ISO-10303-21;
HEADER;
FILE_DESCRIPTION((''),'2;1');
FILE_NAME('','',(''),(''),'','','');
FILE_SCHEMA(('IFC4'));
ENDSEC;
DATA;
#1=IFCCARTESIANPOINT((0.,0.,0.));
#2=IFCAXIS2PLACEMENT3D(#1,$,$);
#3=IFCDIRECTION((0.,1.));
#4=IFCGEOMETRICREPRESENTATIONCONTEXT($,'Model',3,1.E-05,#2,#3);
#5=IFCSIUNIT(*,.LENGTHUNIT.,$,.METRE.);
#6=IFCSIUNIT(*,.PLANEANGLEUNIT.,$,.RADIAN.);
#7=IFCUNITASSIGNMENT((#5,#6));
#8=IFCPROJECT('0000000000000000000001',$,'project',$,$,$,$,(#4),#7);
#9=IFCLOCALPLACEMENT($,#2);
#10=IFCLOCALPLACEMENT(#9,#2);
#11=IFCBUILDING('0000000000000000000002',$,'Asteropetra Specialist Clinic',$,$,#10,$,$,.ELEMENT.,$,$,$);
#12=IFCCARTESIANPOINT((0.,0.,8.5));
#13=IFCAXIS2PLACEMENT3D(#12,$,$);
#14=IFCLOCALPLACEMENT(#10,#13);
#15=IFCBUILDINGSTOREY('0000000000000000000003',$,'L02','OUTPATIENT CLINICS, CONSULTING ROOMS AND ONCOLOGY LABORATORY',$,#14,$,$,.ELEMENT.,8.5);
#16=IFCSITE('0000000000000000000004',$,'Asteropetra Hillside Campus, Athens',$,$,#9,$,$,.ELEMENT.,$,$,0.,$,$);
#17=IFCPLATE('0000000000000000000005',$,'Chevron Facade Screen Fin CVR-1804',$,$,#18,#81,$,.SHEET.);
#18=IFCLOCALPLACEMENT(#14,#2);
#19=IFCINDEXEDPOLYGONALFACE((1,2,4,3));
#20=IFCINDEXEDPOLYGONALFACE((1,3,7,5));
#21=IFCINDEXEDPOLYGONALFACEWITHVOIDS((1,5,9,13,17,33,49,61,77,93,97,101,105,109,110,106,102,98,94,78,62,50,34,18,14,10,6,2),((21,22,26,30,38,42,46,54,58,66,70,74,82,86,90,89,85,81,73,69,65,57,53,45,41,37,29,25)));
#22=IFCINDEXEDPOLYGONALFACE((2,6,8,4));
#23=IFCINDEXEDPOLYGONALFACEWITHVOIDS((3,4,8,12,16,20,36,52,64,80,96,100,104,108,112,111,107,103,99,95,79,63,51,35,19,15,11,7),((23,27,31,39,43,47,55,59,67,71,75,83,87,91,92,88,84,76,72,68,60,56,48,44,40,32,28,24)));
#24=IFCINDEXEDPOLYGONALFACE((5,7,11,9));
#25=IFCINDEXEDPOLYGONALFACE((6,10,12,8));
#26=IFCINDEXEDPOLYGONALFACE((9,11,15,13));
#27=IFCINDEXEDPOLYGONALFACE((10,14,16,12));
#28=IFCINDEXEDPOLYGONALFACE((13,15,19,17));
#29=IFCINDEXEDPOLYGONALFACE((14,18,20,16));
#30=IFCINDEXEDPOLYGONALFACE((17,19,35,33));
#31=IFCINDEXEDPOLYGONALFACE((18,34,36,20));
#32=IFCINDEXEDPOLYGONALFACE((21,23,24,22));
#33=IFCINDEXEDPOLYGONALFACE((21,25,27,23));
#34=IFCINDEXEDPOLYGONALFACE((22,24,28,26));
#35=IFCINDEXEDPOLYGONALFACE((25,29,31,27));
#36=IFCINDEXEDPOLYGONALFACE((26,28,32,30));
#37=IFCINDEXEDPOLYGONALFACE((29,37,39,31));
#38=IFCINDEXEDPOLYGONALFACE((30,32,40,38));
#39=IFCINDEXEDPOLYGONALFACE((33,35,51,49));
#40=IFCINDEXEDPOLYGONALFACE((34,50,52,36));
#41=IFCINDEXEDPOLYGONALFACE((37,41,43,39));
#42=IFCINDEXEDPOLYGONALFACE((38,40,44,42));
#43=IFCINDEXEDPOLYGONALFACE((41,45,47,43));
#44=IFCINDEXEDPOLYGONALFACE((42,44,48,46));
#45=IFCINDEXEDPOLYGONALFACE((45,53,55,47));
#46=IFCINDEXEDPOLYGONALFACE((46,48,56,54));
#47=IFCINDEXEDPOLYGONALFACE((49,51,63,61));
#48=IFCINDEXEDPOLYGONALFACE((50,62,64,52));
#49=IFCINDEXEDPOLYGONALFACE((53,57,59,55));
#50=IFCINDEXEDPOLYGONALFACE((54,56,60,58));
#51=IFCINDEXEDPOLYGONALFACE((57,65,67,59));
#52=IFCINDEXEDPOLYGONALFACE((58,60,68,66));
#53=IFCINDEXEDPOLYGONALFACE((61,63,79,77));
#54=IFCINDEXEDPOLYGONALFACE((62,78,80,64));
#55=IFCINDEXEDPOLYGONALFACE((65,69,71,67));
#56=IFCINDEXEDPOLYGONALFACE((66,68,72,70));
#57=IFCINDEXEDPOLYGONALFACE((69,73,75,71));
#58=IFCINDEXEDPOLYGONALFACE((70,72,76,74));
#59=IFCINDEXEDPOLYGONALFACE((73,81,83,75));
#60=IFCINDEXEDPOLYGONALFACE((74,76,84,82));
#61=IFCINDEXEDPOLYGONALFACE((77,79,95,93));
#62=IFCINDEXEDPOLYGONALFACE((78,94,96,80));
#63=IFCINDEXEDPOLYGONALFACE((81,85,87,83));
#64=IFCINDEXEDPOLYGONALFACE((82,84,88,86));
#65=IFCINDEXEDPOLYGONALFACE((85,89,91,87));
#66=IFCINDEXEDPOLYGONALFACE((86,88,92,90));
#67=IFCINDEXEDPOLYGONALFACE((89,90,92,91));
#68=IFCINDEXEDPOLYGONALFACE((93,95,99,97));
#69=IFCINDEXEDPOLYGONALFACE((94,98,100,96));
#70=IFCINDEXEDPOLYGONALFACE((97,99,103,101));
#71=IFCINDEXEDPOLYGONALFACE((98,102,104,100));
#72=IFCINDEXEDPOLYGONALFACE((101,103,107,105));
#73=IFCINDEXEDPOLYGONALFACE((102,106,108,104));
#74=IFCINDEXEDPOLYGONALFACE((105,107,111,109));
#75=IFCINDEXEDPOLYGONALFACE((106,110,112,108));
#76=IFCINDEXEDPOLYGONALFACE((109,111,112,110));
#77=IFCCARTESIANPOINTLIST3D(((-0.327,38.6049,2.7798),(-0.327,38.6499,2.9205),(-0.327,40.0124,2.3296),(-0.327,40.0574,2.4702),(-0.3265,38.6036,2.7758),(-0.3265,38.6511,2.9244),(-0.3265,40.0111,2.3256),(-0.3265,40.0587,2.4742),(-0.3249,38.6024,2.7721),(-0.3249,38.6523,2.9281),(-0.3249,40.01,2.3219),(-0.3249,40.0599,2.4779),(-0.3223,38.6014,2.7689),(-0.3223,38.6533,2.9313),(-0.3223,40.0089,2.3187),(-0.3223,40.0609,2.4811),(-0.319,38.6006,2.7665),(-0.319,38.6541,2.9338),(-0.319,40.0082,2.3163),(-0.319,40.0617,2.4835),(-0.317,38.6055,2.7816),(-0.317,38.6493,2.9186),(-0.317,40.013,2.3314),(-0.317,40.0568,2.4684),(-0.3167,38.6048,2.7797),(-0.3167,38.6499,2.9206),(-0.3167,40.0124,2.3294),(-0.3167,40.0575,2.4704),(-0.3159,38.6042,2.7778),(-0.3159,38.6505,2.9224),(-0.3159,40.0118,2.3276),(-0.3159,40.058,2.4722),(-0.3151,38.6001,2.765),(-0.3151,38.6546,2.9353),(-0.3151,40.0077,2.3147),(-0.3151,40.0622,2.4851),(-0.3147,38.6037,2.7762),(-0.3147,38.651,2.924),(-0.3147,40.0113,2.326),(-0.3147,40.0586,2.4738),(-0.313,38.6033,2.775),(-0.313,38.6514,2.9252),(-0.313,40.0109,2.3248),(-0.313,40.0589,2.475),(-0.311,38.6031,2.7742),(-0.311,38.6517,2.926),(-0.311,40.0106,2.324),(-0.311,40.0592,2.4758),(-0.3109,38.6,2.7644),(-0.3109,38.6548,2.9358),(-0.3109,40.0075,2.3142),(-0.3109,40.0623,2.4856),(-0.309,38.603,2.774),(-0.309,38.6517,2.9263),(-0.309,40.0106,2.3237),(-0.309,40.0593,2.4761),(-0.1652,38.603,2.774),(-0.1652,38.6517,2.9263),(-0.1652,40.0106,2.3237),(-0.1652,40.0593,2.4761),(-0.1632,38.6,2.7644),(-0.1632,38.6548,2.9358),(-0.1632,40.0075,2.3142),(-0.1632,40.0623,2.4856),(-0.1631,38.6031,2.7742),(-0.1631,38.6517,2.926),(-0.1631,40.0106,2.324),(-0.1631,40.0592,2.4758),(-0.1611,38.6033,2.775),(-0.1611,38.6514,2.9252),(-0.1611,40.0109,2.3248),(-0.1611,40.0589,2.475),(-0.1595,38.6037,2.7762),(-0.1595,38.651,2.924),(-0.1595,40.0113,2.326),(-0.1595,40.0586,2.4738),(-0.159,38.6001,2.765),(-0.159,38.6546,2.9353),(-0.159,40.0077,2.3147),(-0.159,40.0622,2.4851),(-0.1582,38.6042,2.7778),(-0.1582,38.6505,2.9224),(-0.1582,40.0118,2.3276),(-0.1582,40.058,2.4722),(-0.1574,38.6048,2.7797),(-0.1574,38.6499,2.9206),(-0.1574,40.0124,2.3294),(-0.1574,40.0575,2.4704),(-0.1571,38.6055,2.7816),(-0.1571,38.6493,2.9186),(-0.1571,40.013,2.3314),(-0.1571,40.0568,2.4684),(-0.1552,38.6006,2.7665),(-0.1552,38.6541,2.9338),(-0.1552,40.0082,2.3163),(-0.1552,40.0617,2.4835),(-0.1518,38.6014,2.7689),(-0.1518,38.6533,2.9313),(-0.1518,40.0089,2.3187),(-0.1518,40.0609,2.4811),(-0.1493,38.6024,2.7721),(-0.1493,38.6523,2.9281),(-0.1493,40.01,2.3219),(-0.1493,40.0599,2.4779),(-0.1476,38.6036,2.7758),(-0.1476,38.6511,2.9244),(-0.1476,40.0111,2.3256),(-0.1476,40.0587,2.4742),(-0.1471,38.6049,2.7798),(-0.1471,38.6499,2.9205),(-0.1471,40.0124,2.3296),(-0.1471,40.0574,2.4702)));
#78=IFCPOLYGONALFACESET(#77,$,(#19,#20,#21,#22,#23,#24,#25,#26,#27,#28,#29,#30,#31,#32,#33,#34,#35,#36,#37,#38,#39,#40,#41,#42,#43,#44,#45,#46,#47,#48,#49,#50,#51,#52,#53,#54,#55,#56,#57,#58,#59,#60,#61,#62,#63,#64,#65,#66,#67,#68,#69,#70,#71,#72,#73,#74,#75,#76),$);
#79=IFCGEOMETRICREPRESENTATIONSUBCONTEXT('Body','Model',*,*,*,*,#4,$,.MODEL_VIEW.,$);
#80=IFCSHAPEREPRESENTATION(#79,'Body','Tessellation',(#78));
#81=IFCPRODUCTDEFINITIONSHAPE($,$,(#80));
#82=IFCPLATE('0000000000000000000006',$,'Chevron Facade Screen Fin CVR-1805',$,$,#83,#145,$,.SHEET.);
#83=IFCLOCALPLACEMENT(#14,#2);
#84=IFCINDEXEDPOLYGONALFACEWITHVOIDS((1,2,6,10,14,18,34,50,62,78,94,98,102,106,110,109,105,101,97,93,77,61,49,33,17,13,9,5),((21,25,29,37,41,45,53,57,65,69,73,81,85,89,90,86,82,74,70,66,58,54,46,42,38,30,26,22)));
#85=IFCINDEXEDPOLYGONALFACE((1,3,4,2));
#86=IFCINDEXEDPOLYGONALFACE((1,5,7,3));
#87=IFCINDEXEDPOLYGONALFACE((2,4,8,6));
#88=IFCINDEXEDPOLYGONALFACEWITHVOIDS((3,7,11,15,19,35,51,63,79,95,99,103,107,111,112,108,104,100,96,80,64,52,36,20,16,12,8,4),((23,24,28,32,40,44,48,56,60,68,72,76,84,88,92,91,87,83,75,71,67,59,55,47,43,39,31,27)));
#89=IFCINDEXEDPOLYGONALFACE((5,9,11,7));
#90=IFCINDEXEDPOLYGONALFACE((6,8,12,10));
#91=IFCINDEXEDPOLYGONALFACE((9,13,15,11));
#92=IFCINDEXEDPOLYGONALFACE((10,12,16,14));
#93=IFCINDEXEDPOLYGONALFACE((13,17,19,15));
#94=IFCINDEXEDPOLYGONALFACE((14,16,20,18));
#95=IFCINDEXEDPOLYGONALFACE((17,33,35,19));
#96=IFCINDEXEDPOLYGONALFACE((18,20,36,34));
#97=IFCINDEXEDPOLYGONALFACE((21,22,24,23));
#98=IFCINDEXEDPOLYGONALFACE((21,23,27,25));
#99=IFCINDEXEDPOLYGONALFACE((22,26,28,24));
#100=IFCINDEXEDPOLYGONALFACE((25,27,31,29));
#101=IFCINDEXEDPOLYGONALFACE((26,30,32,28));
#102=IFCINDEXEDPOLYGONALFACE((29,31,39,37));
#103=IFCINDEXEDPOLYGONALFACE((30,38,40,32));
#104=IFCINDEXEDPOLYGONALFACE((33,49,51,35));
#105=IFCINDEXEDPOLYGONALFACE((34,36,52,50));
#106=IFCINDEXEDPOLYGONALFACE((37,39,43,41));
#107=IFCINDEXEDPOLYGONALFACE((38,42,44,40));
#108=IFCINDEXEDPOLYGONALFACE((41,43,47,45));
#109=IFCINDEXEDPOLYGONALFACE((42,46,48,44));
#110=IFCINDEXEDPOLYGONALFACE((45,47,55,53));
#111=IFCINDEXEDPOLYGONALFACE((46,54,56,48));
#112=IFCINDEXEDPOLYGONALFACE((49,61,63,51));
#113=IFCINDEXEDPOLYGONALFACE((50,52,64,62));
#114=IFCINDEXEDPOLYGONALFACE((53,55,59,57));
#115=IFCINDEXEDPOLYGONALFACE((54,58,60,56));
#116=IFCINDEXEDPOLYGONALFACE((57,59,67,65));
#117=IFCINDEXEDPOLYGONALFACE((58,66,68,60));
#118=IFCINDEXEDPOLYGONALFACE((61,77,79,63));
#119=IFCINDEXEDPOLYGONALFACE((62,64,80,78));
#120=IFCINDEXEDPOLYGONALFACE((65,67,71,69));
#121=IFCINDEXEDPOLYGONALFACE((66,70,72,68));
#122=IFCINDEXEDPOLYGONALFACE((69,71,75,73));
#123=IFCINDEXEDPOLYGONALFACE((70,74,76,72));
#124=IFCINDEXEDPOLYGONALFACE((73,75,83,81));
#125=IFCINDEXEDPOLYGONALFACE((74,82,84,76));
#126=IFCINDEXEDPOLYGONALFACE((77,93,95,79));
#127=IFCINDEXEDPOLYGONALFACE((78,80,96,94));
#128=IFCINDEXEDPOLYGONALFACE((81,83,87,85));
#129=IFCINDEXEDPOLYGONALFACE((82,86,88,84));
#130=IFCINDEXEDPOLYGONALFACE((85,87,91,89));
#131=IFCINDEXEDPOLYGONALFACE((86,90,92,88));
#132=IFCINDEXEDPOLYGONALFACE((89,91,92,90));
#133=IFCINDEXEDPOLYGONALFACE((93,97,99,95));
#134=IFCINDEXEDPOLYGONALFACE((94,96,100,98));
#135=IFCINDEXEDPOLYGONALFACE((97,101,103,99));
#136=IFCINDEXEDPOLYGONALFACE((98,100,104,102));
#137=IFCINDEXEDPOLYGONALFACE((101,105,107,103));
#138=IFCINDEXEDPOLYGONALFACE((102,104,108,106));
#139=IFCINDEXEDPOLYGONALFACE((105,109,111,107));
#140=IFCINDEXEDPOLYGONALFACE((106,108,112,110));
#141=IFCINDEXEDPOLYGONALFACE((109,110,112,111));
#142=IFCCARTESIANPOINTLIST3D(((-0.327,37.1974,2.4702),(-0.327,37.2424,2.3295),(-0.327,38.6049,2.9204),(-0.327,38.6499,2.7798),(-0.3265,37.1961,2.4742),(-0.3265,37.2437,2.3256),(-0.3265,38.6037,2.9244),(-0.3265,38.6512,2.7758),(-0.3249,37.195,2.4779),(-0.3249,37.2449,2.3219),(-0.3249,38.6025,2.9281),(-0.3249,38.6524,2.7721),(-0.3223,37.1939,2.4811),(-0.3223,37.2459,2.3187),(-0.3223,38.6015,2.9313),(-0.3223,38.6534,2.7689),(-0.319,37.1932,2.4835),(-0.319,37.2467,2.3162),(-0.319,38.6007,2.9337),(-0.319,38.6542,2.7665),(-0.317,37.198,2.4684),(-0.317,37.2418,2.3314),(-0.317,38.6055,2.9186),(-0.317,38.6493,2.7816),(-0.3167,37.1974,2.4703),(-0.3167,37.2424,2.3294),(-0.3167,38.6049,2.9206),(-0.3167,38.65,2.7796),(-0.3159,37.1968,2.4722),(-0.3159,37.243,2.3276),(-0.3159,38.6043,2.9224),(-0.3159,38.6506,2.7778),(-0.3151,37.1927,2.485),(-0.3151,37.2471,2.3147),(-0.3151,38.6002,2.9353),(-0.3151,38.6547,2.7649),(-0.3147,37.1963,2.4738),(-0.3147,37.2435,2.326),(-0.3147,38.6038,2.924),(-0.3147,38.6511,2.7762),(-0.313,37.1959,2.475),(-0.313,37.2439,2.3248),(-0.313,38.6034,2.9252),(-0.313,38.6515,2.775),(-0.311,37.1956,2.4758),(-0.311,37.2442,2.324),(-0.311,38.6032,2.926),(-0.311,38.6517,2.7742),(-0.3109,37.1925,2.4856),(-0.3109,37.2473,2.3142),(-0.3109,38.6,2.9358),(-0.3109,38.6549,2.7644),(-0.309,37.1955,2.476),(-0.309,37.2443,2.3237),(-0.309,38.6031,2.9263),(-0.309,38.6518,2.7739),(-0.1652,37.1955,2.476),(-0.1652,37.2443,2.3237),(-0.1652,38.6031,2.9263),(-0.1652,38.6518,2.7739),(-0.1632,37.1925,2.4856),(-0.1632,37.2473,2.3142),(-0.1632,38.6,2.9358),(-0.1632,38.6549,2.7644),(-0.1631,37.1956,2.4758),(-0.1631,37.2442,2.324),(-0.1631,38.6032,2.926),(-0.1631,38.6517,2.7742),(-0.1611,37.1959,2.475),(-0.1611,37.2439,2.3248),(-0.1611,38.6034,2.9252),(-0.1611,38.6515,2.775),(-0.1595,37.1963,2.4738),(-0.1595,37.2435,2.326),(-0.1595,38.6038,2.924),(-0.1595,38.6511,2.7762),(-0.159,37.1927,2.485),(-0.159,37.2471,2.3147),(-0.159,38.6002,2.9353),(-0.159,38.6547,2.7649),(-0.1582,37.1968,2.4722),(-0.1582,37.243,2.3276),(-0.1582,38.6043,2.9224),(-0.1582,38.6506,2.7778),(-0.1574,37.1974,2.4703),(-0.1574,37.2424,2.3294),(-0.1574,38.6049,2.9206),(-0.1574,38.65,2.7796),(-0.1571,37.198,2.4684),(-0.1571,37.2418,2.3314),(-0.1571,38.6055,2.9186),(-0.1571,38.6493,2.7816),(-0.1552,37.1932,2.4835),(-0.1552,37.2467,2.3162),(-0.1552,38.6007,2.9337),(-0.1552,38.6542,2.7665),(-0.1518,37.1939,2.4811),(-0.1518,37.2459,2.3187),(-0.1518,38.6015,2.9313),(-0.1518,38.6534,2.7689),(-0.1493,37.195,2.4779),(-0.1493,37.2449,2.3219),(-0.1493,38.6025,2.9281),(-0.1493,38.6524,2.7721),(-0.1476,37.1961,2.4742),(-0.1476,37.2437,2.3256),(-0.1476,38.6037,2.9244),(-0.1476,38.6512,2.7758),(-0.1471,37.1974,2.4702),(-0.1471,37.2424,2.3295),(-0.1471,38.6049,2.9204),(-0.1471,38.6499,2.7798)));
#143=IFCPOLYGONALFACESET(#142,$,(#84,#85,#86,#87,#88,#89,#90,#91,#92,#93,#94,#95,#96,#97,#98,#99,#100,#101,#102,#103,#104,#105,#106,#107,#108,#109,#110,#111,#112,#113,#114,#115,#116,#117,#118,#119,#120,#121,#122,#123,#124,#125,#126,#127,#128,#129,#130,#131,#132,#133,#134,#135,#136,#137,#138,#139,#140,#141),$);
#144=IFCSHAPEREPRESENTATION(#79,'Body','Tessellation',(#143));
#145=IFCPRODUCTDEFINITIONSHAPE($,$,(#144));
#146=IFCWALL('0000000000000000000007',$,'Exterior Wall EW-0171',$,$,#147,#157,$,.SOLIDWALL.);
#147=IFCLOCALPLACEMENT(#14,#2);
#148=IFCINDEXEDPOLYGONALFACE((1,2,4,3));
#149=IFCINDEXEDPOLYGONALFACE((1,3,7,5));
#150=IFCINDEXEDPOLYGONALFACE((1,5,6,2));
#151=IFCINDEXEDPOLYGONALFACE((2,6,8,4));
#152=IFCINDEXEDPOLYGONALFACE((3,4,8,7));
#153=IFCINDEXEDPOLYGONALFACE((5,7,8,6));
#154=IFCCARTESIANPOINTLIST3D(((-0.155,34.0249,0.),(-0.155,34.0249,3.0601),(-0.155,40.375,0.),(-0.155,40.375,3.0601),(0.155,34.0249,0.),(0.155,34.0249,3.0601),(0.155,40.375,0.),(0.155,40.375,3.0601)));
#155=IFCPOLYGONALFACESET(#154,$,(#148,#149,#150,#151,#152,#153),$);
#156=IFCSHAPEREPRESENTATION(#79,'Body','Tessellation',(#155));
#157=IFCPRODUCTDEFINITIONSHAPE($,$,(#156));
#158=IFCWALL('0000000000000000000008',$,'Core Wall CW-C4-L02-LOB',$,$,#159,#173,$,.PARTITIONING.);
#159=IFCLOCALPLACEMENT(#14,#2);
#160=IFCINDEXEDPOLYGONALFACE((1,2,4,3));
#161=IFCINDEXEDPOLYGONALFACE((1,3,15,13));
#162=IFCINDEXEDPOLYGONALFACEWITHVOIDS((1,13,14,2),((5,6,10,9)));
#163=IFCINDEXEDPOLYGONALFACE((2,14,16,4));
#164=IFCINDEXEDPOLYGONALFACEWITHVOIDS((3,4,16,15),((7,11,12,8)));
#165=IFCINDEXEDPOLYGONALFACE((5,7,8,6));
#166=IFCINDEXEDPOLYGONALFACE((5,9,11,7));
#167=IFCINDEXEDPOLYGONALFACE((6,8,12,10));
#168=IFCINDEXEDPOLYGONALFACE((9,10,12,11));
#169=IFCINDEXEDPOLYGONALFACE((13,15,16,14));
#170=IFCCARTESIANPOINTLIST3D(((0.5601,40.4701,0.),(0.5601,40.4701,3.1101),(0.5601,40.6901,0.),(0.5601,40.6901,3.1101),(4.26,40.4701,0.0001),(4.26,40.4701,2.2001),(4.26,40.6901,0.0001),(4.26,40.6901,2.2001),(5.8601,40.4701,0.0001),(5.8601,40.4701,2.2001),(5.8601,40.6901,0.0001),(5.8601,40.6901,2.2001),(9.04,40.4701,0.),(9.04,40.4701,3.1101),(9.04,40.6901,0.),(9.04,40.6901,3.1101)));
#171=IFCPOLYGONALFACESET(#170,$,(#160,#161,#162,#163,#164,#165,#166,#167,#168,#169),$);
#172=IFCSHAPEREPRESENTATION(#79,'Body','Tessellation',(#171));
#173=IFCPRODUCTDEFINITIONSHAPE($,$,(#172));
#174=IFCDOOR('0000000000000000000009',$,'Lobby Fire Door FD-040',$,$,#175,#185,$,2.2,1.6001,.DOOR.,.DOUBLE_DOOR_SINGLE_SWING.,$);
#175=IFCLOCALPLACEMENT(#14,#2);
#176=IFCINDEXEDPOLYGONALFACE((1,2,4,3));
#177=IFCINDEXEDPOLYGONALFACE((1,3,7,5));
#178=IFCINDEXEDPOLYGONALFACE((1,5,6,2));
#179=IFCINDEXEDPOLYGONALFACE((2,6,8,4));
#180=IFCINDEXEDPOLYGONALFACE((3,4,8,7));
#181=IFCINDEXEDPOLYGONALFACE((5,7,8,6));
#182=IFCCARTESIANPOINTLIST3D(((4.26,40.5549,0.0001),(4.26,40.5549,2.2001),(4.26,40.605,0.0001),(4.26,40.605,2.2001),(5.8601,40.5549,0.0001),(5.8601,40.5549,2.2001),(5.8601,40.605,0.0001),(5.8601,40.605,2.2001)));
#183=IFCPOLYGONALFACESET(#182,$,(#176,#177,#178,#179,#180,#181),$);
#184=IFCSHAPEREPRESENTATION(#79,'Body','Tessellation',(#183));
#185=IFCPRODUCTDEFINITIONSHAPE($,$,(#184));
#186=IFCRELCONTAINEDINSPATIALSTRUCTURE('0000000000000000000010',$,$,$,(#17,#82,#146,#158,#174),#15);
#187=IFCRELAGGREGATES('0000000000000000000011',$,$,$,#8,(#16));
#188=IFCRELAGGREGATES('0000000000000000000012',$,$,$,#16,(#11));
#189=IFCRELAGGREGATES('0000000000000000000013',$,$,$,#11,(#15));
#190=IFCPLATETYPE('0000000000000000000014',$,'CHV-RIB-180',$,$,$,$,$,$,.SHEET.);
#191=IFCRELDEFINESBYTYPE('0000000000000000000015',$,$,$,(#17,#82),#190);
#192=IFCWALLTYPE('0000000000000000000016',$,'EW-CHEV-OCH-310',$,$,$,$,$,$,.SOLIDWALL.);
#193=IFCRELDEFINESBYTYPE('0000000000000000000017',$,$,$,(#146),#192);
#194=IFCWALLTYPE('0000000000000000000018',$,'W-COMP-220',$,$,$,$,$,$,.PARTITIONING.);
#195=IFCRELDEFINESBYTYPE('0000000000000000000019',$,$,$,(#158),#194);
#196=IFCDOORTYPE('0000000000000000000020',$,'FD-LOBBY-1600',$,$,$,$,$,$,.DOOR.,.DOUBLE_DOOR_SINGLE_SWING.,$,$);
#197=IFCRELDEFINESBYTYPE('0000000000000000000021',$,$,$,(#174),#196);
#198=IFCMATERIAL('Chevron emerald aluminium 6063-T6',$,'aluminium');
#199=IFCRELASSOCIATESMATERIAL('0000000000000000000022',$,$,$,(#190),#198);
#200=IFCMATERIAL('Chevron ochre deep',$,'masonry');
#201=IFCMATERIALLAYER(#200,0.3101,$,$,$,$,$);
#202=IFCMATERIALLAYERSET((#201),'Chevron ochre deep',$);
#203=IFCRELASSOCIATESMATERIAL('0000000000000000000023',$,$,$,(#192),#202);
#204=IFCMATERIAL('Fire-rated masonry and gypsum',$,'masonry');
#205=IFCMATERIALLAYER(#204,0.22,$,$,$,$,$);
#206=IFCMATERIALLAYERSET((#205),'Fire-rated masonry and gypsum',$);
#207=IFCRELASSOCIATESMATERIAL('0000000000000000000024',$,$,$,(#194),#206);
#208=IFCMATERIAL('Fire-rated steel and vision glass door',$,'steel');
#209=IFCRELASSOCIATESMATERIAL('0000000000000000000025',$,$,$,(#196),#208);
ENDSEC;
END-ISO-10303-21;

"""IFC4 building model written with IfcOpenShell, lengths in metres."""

from ifc_helpers import new_model, si_unit, direction, frame, frame_2d, origin, origin_2d, place, context, subcontext, project, spatial, rectangle, hollow_rectangle, extrude, material, layer, layer_set, material_profile, profile_set, type_object, element, fill, save


model = new_model("IFC4")

# Units and contexts
model_context = context("Model", 3, precision=1e-05, world=origin(), true_north=direction((0.0, 1.0)))
body_context = subcontext(model_context, "Body", "Model", "MODEL_VIEW")
ifc_project = project(units=[si_unit("LENGTHUNIT", "METRE"), si_unit("PLANEANGLEUNIT", "RADIAN")], contexts=[model_context])

# Site, building, storey
site_placement = place(None, origin())
site = spatial("IfcSite", under=ifc_project, at=site_placement, Name="Asteropetra Hillside Campus, Athens", CompositionType="ELEMENT", RefElevation=0.0)
building_placement = place(site_placement, origin())
building = spatial("IfcBuilding", under=site, at=building_placement, Name="Asteropetra Specialist Clinic", CompositionType="ELEMENT")
storey_placement = place(building_placement, frame((0.0, 0.0, 8.5)))
storey = spatial("IfcBuildingStorey", under=building, at=storey_placement, Name="L02", Description="OUTPATIENT CLINICS, CONSULTING ROOMS AND ONCOLOGY LABORATORY", CompositionType="ELEMENT", Elevation=8.5)

# Plates
ifc_material_1 = material(Name="Chevron emerald aluminium 6063-T6", Category="aluminium")
ifc_material_profile_1 = material_profile(ifc_material_1, hollow_rectangle(XDim=0.1799, YDim=0.1799, WallThickness=0.01, InnerFilletRadius=0.0081, OuterFilletRadius=0.0161, at=origin_2d()), Name="SHS 180x180x10.0")
ifc_profile_set_1 = profile_set([ifc_material_profile_1], Name="Chevron emerald aluminium 6063-T6")
plate_type = type_object("IfcPlateType", Name="CHV-RIB-180", PredefinedType="SHEET", material=ifc_profile_set_1)
for number, where, z_axis, x_axis, name in (
    (1, (-0.2371, 40.0349, 2.3999), (0.0, -0.952463, 0.304656), (1.0, 0.0, 0.0), "Chevron Facade Screen Fin CVR-1804"),
    (2, (-0.2371, 38.6274, 2.8501), (0.0, -0.952463, -0.304656), (1.0, 0.0, 0.0), "Chevron Facade Screen Fin CVR-1805"),
):
    element("IfcPlate", number, at=place(storey_placement, frame(where, z_axis=z_axis, x_axis=x_axis)), inside=storey, type_object=plate_type, Name=name, PredefinedType="SHEET", context=body_context, shape_type="SweptSolid", body=[
        extrude(hollow_rectangle(XDim=0.1799, YDim=0.1799, WallThickness=0.01, InnerFilletRadius=0.0081, OuterFilletRadius=0.0161, at=origin_2d()), origin(), (0.0, 0.0, 1.0), 1.4778),
    ])

# Wall
ifc_material_2 = material(Name="Chevron ochre deep", Category="masonry")
ifc_layer_1 = layer(ifc_material_2, 0.3101)
ifc_layer_set_1 = layer_set([ifc_layer_1], Name="Chevron ochre deep")
wall_type_1 = type_object("IfcWallType", Name="EW-CHEV-OCH-310", PredefinedType="SOLIDWALL", material=ifc_layer_set_1)
wall_1_placement = place(storey_placement, frame((0.0, 40.375, 0.0), z_axis=(0.0, 0.0, 1.0), x_axis=(0.0, -1.0, 0.0)))
element("IfcWall", 3, at=wall_1_placement, inside=storey, type_object=wall_type_1, Name="Exterior Wall EW-0171", PredefinedType="SOLIDWALL", context=body_context, shape_type="SweptSolid", body=[
    extrude(rectangle(XDim=6.3501, YDim=0.3101, at=frame_2d((3.175, 0.0))), origin(), (0.0, 0.0, 1.0), 3.0601),
])

# Wall, opening, door
ifc_material_3 = material(Name="Fire-rated masonry and gypsum", Category="masonry")
ifc_layer_2 = layer(ifc_material_3, 0.22)
ifc_layer_set_2 = layer_set([ifc_layer_2], Name="Fire-rated masonry and gypsum")
wall_type_2 = type_object("IfcWallType", Name="W-COMP-220", PredefinedType="PARTITIONING", material=ifc_layer_set_2)
wall_2_placement = place(storey_placement, frame((0.5601, 40.5801, 0.0), z_axis=(0.0, 0.0, 1.0), x_axis=(1.0, 0.0, 0.0)))
wall_2 = element("IfcWall", 4, at=wall_2_placement, inside=storey, type_object=wall_type_2, Name="Core Wall CW-C4-L02-LOB", PredefinedType="PARTITIONING", context=body_context, shape_type="SweptSolid", body=[
    extrude(rectangle(XDim=8.48, YDim=0.22, at=frame_2d((4.24, 0.0))), origin(), (0.0, 0.0, 1.0), 3.1101),
])
opening_1_placement = place(wall_2_placement, frame((3.7, 0.0, 0.0)))
opening_1 = element("IfcOpeningElement", 5, at=opening_1_placement, cuts=wall_2, PredefinedType="OPENING", context=body_context, shape_type="SweptSolid", body=[
    extrude(rectangle(XDim=1.6001, YDim=2.2, at=frame_2d((0.8, 1.1001))), frame((0.0, 0.1199, 0.0), z_axis=(0.0, -1.0, 0.0), x_axis=(1.0, 0.0, 0.0)), (0.0, 0.0, 1.0), 0.24),
])
ifc_material_4 = material(Name="Fire-rated steel and vision glass door", Category="steel")
door_type_1 = type_object("IfcDoorType", Name="FD-LOBBY-1600", OperationType="DOUBLE_DOOR_SINGLE_SWING", PredefinedType="DOOR", material=ifc_material_4)
door_1_placement = place(opening_1_placement, origin())
door_1 = element("IfcDoor", 6, at=door_1_placement, inside=storey, type_object=door_type_1, Name="Lobby Fire Door FD-040", OperationType="DOUBLE_DOOR_SINGLE_SWING", OverallHeight=2.2, OverallWidth=1.6001, PredefinedType="DOOR", context=body_context, shape_type="SweptSolid", body=[
    extrude(rectangle(XDim=1.6001, YDim=2.2, at=frame_2d((0.8, 1.1001))), frame((0.0, 0.0249, 0.0), z_axis=(0.0, -1.0, 0.0), x_axis=(1.0, 0.0, 0.0)), (0.0, 0.0, 1.0), 0.05),
])
fill(opening_1, door_1)

save(model, "model.ifc")
